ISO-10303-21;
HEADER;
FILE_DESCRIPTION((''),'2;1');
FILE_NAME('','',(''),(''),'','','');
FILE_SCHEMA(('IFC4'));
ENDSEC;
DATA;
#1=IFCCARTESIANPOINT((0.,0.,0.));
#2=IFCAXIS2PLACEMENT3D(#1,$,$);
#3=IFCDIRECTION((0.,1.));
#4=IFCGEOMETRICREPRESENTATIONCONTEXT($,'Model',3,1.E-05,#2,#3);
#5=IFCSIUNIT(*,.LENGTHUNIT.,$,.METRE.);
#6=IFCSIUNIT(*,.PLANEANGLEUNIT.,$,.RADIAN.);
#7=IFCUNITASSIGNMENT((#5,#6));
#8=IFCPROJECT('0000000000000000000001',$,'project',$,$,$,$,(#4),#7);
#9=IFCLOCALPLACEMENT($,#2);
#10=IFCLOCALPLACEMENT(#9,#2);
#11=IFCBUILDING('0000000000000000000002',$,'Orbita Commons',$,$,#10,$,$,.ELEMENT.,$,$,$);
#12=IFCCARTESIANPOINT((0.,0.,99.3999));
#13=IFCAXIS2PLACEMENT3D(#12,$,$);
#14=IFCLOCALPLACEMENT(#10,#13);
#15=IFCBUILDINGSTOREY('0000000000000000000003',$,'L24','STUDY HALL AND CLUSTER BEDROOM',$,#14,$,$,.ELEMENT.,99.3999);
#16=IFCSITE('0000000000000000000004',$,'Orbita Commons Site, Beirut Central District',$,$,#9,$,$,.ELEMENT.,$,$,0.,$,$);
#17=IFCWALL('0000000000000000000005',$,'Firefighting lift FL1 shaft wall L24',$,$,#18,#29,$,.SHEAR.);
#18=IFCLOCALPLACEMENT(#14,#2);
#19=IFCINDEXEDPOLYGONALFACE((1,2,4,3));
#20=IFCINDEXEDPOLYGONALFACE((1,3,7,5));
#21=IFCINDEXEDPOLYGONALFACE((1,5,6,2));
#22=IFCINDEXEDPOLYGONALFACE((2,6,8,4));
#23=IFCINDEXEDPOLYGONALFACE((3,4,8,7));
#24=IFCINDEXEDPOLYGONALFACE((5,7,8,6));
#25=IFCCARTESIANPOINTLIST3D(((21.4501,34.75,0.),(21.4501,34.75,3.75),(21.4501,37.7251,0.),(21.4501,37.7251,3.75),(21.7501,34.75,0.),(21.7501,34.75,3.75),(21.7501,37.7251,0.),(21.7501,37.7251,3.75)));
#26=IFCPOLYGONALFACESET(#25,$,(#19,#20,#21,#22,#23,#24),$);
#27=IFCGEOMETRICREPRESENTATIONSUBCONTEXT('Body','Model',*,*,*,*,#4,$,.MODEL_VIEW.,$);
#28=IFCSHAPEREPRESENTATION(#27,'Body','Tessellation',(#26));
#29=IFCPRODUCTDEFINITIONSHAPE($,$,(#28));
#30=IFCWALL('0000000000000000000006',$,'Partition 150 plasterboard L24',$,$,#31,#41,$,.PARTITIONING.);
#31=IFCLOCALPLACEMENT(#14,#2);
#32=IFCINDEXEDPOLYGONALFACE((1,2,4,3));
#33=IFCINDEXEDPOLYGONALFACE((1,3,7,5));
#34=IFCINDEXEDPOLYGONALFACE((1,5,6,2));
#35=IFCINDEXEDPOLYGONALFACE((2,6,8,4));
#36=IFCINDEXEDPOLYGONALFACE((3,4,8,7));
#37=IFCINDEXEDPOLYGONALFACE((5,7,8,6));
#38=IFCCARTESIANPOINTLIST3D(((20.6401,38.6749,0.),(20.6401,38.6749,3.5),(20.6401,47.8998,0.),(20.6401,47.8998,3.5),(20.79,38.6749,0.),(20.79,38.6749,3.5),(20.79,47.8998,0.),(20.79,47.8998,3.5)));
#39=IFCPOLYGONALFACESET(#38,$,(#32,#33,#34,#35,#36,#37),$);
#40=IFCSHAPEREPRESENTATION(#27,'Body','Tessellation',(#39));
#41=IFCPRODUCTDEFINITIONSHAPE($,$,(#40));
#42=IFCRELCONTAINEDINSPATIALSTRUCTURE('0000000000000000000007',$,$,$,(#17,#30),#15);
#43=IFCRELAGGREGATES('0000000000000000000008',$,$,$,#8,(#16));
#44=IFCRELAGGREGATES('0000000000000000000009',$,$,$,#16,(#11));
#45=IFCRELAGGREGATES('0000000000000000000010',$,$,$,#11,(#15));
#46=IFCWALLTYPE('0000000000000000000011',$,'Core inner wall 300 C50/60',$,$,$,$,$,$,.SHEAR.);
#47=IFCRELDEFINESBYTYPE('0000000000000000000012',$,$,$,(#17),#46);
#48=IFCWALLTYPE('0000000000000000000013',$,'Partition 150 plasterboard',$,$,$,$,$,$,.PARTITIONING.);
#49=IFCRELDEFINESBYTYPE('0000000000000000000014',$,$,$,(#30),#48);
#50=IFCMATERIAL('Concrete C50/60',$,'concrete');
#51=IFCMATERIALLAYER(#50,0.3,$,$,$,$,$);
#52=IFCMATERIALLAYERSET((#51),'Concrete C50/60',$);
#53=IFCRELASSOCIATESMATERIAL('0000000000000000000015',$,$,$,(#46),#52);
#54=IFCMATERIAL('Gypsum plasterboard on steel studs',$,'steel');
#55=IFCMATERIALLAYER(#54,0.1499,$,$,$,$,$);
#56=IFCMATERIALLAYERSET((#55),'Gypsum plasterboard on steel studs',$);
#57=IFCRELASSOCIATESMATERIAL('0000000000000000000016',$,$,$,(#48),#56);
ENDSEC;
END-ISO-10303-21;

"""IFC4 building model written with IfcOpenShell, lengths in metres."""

from ifc_helpers import new_model, si_unit, direction, frame, frame_2d, origin, place, context, subcontext, project, spatial, rectangle, extrude, material, layer, layer_set, type_object, element, save


model = new_model("IFC4")

# Units and contexts
model_context = context("Model", 3, precision=1e-05, world=origin(), true_north=direction((0.0, 1.0)))
body_context = subcontext(model_context, "Body", "Model", "MODEL_VIEW")
ifc_project = project(units=[si_unit("LENGTHUNIT", "METRE"), si_unit("PLANEANGLEUNIT", "RADIAN")], contexts=[model_context])

# Site, building, storey
site_placement = place(None, origin())
site = spatial("IfcSite", under=ifc_project, at=site_placement, Name="Orbita Commons Site, Beirut Central District", CompositionType="ELEMENT", RefElevation=0.0)
building_placement = place(site_placement, origin())
building = spatial("IfcBuilding", under=site, at=building_placement, Name="Orbita Commons", CompositionType="ELEMENT")
storey_placement = place(building_placement, frame((0.0, 0.0, 99.3999)))
storey = spatial("IfcBuildingStorey", under=building, at=storey_placement, Name="L24", Description="STUDY HALL AND CLUSTER BEDROOM", CompositionType="ELEMENT", Elevation=99.3999)

# Walls
ifc_material_1 = material(Name="Concrete C50/60", Category="concrete")
ifc_layer_1 = layer(ifc_material_1, 0.3)
ifc_layer_set_1 = layer_set([ifc_layer_1], Name="Concrete C50/60")
wall_type_1 = type_object("IfcWallType", Name="Core inner wall 300 C50/60", PredefinedType="SHEAR", material=ifc_layer_set_1)
wall_1_placement = place(storey_placement, frame((21.6001, 34.75, 0.0), z_axis=(0.0, 0.0, 1.0), x_axis=(0.0, 1.0, 0.0)))
element("IfcWall", 1, at=wall_1_placement, inside=storey, type_object=wall_type_1, Name="Firefighting lift FL1 shaft wall L24", PredefinedType="SHEAR", context=body_context, shape_type="SweptSolid", body=[
    extrude(rectangle(XDim=2.9751, YDim=0.3, at=frame_2d((1.4875, 0.0))), origin(), (0.0, 0.0, 1.0), 3.75),
])
ifc_material_2 = material(Name="Gypsum plasterboard on steel studs", Category="steel")
ifc_layer_2 = layer(ifc_material_2, 0.1499)
ifc_layer_set_2 = layer_set([ifc_layer_2], Name="Gypsum plasterboard on steel studs")
wall_type_2 = type_object("IfcWallType", Name="Partition 150 plasterboard", PredefinedType="PARTITIONING", material=ifc_layer_set_2)
wall_2_placement = place(storey_placement, frame((20.7151, 38.675, 0.0), z_axis=(0.0, 0.0, 1.0), x_axis=(0.0, 1.0, 0.0)))
element("IfcWall", 2, at=wall_2_placement, inside=storey, type_object=wall_type_2, Name="Partition 150 plasterboard L24", PredefinedType="PARTITIONING", context=body_context, shape_type="SweptSolid", body=[
    extrude(rectangle(XDim=9.2249, YDim=0.1499, at=frame_2d((4.6123, 0.0))), origin(), (0.0, 0.0, 1.0), 3.5),
])

save(model, "model.ifc")
